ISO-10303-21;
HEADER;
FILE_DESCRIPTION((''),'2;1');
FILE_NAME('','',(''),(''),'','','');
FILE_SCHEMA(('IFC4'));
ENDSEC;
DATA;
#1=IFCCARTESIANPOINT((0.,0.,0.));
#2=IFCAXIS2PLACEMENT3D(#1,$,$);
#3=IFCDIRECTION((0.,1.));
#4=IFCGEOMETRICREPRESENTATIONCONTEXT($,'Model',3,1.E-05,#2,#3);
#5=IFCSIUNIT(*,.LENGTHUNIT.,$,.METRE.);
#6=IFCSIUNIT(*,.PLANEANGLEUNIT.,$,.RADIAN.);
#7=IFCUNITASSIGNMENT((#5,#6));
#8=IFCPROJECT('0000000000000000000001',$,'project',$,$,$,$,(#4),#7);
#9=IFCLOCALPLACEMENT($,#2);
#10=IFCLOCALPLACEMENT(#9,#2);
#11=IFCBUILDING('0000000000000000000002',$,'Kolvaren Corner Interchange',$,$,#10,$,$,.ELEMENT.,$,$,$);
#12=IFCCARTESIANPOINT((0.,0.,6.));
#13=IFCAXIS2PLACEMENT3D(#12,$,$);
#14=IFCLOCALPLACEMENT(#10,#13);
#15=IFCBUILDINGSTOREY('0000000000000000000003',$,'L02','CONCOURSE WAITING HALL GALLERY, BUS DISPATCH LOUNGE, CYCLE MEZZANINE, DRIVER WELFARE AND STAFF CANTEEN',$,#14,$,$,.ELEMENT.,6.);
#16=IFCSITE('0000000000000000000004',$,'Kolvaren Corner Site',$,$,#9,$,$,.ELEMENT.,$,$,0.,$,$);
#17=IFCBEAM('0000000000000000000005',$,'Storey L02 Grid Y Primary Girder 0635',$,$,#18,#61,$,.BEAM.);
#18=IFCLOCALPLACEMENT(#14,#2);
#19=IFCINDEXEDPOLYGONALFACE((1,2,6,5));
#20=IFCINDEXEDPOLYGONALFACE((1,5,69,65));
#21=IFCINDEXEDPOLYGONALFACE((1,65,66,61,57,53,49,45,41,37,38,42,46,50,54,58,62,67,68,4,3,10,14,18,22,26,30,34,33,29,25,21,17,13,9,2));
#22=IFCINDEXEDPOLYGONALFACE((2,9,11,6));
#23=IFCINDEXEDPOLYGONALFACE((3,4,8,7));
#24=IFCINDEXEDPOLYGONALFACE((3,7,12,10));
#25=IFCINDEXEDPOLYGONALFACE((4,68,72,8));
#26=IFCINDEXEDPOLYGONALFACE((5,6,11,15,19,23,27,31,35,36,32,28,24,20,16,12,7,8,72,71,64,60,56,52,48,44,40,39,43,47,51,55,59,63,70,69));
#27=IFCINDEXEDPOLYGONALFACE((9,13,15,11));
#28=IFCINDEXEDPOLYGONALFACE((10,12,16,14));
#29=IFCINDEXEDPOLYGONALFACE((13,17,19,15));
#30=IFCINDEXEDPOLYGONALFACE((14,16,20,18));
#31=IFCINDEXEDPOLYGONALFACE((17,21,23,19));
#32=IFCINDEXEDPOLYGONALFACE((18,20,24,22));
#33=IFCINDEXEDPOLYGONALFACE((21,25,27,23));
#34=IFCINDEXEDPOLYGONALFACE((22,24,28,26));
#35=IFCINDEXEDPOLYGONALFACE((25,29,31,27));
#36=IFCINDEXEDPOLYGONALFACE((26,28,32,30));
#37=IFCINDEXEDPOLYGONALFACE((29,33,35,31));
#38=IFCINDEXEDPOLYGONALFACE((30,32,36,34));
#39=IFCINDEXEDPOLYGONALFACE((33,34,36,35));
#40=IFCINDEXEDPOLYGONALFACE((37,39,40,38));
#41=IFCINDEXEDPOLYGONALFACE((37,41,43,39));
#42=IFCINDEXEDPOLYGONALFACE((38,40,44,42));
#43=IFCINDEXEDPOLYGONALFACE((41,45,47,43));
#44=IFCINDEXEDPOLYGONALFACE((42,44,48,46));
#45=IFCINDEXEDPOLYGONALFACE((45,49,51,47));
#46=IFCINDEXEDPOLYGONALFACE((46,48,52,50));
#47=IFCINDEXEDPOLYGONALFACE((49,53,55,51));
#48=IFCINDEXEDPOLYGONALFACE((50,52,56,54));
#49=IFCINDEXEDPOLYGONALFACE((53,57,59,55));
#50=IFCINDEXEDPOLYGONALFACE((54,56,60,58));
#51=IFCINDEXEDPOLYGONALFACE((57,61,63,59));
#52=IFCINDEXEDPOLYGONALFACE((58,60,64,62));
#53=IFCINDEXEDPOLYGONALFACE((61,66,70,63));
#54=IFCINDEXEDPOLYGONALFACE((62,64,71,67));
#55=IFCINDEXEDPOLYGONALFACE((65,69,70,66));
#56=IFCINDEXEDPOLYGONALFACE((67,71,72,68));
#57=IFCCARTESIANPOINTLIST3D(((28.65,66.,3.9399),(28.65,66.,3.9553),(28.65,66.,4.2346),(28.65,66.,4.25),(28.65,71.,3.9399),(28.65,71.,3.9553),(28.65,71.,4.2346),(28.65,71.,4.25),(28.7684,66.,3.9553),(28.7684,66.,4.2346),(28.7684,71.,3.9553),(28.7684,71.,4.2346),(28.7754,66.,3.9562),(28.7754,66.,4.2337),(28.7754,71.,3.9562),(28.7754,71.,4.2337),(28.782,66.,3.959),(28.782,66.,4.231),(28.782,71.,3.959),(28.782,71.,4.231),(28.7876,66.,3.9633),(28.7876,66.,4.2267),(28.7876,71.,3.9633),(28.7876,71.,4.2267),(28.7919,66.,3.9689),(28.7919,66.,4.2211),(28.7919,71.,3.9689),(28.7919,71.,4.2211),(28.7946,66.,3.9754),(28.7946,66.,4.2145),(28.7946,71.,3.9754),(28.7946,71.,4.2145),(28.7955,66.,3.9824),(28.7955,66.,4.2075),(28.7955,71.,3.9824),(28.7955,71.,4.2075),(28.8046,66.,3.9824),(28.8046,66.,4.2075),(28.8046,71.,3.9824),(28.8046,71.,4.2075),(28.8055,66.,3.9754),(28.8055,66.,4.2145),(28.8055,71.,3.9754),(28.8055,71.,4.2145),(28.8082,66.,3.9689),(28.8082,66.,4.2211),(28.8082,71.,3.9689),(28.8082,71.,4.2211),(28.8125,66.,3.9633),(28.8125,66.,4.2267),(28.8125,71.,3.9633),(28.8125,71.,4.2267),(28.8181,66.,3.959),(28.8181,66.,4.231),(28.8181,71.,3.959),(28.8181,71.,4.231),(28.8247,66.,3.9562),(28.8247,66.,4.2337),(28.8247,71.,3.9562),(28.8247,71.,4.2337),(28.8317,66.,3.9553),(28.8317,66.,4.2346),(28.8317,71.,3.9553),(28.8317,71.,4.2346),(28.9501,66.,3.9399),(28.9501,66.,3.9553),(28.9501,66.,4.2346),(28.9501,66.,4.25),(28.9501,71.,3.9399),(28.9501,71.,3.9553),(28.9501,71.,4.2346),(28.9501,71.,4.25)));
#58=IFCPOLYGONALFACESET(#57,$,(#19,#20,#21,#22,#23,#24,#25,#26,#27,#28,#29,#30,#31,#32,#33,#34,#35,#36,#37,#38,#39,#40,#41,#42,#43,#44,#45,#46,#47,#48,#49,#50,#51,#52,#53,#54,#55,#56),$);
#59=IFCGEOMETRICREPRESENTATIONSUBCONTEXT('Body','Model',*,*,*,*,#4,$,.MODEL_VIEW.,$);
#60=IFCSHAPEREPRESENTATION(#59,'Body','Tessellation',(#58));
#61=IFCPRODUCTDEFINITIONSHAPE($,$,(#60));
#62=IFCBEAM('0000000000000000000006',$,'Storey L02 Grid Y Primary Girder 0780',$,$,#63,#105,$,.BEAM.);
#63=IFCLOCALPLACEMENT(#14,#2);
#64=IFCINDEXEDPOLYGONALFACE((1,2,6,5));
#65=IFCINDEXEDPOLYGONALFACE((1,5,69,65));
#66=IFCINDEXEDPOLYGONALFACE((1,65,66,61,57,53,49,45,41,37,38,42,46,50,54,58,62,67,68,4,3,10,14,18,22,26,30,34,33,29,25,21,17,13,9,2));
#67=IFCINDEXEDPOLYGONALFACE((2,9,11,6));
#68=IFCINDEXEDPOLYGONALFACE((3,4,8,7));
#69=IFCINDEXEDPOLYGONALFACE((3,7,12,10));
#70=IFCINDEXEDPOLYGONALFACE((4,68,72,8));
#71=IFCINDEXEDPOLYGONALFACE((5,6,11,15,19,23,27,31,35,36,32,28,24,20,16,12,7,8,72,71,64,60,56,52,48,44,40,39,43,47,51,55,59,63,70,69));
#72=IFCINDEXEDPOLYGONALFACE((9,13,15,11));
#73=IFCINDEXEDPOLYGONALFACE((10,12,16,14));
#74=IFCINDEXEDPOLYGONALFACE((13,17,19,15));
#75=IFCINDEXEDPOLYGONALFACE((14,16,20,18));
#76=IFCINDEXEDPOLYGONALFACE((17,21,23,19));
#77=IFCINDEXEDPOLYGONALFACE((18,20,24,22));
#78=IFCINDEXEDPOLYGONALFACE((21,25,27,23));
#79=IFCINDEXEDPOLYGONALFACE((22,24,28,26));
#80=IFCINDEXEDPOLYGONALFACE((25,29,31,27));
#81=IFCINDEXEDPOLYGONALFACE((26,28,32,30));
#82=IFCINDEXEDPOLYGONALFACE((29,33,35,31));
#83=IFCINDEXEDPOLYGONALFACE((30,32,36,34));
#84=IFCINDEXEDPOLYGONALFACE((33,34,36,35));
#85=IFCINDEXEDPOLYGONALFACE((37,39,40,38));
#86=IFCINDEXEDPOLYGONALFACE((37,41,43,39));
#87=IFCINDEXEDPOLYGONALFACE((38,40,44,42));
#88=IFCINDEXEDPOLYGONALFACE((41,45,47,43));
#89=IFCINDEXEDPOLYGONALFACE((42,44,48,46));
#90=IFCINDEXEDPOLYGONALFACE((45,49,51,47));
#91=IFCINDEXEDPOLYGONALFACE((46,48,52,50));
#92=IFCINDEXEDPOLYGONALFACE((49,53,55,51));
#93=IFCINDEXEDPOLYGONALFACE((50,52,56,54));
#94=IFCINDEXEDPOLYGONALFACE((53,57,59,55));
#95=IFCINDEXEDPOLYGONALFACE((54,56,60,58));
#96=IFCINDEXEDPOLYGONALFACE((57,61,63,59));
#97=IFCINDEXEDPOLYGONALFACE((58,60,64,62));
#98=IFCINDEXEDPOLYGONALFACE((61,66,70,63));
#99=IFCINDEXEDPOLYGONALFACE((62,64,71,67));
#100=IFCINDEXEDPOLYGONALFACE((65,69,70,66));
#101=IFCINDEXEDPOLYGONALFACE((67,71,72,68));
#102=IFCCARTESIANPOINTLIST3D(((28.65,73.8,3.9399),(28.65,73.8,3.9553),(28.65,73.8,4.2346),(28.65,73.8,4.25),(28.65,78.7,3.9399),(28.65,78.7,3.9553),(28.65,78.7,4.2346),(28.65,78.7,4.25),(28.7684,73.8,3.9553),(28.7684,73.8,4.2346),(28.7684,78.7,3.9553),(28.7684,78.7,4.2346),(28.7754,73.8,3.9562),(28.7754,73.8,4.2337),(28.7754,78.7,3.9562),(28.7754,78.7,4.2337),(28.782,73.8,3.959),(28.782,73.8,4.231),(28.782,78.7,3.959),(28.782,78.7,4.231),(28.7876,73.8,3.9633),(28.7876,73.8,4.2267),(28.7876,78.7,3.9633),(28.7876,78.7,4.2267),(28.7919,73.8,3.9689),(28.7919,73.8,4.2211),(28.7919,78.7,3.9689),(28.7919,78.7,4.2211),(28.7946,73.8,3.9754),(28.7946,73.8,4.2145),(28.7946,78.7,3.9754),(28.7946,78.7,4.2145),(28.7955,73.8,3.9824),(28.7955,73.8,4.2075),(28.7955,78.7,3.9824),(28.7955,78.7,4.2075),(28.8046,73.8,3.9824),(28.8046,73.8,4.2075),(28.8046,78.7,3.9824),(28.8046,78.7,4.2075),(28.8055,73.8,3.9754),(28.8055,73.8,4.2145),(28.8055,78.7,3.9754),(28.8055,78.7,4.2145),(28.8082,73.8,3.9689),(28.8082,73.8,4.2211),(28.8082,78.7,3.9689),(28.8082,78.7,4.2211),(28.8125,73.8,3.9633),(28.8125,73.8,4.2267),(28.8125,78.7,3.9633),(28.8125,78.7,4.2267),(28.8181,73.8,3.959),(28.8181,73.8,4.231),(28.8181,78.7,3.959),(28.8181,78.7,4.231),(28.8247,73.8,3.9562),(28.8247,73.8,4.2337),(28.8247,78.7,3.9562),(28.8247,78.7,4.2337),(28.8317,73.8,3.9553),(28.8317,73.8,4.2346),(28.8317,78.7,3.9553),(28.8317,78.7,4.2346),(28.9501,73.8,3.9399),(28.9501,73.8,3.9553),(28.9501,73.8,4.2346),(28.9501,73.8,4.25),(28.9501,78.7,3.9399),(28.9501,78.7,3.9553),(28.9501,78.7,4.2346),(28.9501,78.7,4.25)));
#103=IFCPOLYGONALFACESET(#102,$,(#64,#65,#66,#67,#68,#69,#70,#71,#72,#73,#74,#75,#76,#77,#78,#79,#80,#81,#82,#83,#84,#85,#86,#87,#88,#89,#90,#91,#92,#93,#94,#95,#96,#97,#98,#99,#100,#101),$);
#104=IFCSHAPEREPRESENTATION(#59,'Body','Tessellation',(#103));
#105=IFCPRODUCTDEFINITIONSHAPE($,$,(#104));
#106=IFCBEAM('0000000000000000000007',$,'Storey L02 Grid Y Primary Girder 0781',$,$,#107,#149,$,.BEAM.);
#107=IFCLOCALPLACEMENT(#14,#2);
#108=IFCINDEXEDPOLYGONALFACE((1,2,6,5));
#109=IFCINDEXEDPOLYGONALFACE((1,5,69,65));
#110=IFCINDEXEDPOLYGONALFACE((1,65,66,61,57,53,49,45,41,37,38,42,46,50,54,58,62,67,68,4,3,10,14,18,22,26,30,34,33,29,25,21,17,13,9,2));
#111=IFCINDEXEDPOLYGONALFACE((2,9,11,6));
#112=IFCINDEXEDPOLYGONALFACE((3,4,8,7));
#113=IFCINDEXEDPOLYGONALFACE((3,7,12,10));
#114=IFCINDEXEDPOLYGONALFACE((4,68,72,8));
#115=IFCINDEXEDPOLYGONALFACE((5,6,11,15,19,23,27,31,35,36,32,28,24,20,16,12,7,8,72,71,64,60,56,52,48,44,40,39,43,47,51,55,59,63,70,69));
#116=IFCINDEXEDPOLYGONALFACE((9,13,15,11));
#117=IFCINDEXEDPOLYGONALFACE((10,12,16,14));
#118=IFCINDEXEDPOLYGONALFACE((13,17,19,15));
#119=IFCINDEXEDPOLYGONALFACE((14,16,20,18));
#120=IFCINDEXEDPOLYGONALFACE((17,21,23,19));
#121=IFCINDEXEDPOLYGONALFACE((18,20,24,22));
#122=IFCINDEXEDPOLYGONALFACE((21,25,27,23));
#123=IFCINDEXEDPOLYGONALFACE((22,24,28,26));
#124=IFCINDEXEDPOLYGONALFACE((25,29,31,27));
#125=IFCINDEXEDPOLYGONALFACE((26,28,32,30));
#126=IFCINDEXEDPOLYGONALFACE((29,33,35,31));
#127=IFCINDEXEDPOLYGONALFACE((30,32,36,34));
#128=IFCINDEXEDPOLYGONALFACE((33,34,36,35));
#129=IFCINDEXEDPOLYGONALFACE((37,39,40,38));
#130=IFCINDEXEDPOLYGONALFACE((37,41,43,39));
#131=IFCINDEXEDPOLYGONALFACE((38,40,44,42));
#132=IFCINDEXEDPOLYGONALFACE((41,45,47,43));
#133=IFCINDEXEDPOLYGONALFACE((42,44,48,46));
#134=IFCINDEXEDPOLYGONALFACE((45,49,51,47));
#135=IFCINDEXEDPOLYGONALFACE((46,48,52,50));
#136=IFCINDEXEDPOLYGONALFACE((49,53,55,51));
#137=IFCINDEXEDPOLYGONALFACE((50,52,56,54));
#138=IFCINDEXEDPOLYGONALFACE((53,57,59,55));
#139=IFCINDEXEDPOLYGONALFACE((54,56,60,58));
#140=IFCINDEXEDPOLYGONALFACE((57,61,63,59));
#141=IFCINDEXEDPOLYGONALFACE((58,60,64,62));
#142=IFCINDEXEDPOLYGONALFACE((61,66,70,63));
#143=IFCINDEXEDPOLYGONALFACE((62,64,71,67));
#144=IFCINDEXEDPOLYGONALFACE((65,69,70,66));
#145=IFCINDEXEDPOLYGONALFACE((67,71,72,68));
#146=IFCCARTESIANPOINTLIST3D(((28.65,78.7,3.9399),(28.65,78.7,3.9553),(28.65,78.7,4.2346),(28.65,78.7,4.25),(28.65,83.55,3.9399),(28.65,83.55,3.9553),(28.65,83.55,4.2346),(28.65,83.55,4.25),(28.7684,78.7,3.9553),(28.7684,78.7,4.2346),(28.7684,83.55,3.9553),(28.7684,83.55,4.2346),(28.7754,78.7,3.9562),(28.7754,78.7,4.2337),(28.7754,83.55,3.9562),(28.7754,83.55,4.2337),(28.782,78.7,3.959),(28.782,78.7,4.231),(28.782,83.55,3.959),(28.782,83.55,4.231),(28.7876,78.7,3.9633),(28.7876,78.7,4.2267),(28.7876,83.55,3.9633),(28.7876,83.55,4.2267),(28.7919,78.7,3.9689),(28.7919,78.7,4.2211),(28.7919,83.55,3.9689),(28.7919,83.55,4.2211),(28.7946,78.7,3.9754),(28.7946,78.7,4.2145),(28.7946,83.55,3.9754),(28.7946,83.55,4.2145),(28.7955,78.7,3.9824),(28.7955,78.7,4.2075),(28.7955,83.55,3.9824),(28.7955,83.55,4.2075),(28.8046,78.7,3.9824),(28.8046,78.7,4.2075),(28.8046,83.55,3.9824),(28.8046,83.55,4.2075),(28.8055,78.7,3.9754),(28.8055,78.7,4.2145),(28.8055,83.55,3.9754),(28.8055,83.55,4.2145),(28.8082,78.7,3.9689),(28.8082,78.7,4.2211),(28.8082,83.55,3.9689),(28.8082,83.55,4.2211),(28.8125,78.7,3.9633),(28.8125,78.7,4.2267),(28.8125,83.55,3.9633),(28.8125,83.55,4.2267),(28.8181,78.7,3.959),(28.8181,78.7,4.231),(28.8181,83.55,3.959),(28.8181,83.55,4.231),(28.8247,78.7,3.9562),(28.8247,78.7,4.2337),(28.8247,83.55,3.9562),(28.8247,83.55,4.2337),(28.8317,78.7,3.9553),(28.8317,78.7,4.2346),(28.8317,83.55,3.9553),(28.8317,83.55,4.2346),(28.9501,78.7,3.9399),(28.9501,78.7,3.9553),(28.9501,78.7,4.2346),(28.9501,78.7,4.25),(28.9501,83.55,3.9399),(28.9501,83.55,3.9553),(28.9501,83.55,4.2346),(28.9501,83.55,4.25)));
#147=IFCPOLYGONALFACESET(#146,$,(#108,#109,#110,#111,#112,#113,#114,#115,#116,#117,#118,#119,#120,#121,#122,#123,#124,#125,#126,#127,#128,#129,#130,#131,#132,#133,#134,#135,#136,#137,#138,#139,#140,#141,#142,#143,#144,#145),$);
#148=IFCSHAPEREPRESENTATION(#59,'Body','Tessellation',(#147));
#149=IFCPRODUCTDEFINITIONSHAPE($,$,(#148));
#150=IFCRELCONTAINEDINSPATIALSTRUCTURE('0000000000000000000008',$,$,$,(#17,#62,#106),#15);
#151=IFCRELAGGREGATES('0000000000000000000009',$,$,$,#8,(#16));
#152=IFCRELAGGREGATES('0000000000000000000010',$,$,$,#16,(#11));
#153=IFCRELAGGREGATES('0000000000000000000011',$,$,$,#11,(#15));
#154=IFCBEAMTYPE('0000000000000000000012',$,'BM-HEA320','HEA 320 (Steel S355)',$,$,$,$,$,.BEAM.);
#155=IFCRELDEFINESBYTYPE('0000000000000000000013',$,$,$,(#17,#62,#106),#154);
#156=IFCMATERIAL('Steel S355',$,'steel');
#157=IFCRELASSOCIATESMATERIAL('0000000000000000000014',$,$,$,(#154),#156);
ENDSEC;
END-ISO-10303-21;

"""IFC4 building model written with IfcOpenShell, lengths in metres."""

from ifc_helpers import new_model, si_unit, direction, frame, origin, origin_2d, place, context, subcontext, project, spatial, i_section, extrude, material, material_profile, profile_set, type_object, element, save


model = new_model("IFC4")

# Units and contexts
model_context = context("Model", 3, precision=1e-05, world=origin(), true_north=direction((0.0, 1.0)))
body_context = subcontext(model_context, "Body", "Model", "MODEL_VIEW")
ifc_project = project(units=[si_unit("LENGTHUNIT", "METRE"), si_unit("PLANEANGLEUNIT", "RADIAN")], contexts=[model_context])

# Site, building, storey
site_placement = place(None, origin())
site = spatial("IfcSite", under=ifc_project, at=site_placement, Name="Kolvaren Corner Site", CompositionType="ELEMENT", RefElevation=0.0)
building_placement = place(site_placement, origin())
building = spatial("IfcBuilding", under=site, at=building_placement, Name="Kolvaren Corner Interchange", CompositionType="ELEMENT")
storey_placement = place(building_placement, frame((0.0, 0.0, 6.0)))
storey = spatial("IfcBuildingStorey", under=building, at=storey_placement, Name="L02", Description="CONCOURSE WAITING HALL GALLERY, BUS DISPATCH LOUNGE, CYCLE MEZZANINE, DRIVER WELFARE AND STAFF CANTEEN", CompositionType="ELEMENT", Elevation=6.0)

# Beams
ifc_material_1 = material(Name="Steel S355", Category="steel")
ifc_material_profile_1 = material_profile(ifc_material_1, i_section(OverallWidth=0.3, OverallDepth=0.3101, WebThickness=0.009, FlangeThickness=0.0154, FilletRadius=0.0271, at=origin_2d()), Name="HEA 320")
ifc_profile_set_1 = profile_set([ifc_material_profile_1], Name="Steel S355")
beam_type = type_object("IfcBeamType", Name="BM-HEA320", Description="HEA 320 (Steel S355)", PredefinedType="BEAM", material=ifc_profile_set_1)
beam_1_placement = place(storey_placement, frame((28.8, 66.0, 4.095), z_axis=(0.0, 1.0, 0.0), x_axis=(-1.0, 0.0, 0.0)))
element("IfcBeam", 1, at=beam_1_placement, inside=storey, type_object=beam_type, Name="Storey L02 Grid Y Primary Girder 0635", PredefinedType="BEAM", context=body_context, shape_type="SweptSolid", body=[
    extrude(i_section(OverallWidth=0.3, OverallDepth=0.3101, WebThickness=0.009, FlangeThickness=0.0154, FilletRadius=0.0271, at=origin_2d()), origin(), (0.0, 0.0, 1.0), 5.0),
])
beam_2_placement = place(storey_placement, frame((28.8, 73.8, 4.095), z_axis=(0.0, 1.0, 0.0), x_axis=(-1.0, 0.0, 0.0)))
element("IfcBeam", 2, at=beam_2_placement, inside=storey, type_object=beam_type, Name="Storey L02 Grid Y Primary Girder 0780", PredefinedType="BEAM", context=body_context, shape_type="SweptSolid", body=[
    extrude(i_section(OverallWidth=0.3, OverallDepth=0.3101, WebThickness=0.009, FlangeThickness=0.0154, FilletRadius=0.0271, at=origin_2d()), origin(), (0.0, 0.0, 1.0), 4.8999),
])
beam_3_placement = place(storey_placement, frame((28.8, 78.7, 4.095), z_axis=(0.0, 1.0, 0.0), x_axis=(-1.0, 0.0, 0.0)))
element("IfcBeam", 3, at=beam_3_placement, inside=storey, type_object=beam_type, Name="Storey L02 Grid Y Primary Girder 0781", PredefinedType="BEAM", context=body_context, shape_type="SweptSolid", body=[
    extrude(i_section(OverallWidth=0.3, OverallDepth=0.3101, WebThickness=0.009, FlangeThickness=0.0154, FilletRadius=0.0271, at=origin_2d()), origin(), (0.0, 0.0, 1.0), 4.8501),
])

save(model, "model.ifc")
